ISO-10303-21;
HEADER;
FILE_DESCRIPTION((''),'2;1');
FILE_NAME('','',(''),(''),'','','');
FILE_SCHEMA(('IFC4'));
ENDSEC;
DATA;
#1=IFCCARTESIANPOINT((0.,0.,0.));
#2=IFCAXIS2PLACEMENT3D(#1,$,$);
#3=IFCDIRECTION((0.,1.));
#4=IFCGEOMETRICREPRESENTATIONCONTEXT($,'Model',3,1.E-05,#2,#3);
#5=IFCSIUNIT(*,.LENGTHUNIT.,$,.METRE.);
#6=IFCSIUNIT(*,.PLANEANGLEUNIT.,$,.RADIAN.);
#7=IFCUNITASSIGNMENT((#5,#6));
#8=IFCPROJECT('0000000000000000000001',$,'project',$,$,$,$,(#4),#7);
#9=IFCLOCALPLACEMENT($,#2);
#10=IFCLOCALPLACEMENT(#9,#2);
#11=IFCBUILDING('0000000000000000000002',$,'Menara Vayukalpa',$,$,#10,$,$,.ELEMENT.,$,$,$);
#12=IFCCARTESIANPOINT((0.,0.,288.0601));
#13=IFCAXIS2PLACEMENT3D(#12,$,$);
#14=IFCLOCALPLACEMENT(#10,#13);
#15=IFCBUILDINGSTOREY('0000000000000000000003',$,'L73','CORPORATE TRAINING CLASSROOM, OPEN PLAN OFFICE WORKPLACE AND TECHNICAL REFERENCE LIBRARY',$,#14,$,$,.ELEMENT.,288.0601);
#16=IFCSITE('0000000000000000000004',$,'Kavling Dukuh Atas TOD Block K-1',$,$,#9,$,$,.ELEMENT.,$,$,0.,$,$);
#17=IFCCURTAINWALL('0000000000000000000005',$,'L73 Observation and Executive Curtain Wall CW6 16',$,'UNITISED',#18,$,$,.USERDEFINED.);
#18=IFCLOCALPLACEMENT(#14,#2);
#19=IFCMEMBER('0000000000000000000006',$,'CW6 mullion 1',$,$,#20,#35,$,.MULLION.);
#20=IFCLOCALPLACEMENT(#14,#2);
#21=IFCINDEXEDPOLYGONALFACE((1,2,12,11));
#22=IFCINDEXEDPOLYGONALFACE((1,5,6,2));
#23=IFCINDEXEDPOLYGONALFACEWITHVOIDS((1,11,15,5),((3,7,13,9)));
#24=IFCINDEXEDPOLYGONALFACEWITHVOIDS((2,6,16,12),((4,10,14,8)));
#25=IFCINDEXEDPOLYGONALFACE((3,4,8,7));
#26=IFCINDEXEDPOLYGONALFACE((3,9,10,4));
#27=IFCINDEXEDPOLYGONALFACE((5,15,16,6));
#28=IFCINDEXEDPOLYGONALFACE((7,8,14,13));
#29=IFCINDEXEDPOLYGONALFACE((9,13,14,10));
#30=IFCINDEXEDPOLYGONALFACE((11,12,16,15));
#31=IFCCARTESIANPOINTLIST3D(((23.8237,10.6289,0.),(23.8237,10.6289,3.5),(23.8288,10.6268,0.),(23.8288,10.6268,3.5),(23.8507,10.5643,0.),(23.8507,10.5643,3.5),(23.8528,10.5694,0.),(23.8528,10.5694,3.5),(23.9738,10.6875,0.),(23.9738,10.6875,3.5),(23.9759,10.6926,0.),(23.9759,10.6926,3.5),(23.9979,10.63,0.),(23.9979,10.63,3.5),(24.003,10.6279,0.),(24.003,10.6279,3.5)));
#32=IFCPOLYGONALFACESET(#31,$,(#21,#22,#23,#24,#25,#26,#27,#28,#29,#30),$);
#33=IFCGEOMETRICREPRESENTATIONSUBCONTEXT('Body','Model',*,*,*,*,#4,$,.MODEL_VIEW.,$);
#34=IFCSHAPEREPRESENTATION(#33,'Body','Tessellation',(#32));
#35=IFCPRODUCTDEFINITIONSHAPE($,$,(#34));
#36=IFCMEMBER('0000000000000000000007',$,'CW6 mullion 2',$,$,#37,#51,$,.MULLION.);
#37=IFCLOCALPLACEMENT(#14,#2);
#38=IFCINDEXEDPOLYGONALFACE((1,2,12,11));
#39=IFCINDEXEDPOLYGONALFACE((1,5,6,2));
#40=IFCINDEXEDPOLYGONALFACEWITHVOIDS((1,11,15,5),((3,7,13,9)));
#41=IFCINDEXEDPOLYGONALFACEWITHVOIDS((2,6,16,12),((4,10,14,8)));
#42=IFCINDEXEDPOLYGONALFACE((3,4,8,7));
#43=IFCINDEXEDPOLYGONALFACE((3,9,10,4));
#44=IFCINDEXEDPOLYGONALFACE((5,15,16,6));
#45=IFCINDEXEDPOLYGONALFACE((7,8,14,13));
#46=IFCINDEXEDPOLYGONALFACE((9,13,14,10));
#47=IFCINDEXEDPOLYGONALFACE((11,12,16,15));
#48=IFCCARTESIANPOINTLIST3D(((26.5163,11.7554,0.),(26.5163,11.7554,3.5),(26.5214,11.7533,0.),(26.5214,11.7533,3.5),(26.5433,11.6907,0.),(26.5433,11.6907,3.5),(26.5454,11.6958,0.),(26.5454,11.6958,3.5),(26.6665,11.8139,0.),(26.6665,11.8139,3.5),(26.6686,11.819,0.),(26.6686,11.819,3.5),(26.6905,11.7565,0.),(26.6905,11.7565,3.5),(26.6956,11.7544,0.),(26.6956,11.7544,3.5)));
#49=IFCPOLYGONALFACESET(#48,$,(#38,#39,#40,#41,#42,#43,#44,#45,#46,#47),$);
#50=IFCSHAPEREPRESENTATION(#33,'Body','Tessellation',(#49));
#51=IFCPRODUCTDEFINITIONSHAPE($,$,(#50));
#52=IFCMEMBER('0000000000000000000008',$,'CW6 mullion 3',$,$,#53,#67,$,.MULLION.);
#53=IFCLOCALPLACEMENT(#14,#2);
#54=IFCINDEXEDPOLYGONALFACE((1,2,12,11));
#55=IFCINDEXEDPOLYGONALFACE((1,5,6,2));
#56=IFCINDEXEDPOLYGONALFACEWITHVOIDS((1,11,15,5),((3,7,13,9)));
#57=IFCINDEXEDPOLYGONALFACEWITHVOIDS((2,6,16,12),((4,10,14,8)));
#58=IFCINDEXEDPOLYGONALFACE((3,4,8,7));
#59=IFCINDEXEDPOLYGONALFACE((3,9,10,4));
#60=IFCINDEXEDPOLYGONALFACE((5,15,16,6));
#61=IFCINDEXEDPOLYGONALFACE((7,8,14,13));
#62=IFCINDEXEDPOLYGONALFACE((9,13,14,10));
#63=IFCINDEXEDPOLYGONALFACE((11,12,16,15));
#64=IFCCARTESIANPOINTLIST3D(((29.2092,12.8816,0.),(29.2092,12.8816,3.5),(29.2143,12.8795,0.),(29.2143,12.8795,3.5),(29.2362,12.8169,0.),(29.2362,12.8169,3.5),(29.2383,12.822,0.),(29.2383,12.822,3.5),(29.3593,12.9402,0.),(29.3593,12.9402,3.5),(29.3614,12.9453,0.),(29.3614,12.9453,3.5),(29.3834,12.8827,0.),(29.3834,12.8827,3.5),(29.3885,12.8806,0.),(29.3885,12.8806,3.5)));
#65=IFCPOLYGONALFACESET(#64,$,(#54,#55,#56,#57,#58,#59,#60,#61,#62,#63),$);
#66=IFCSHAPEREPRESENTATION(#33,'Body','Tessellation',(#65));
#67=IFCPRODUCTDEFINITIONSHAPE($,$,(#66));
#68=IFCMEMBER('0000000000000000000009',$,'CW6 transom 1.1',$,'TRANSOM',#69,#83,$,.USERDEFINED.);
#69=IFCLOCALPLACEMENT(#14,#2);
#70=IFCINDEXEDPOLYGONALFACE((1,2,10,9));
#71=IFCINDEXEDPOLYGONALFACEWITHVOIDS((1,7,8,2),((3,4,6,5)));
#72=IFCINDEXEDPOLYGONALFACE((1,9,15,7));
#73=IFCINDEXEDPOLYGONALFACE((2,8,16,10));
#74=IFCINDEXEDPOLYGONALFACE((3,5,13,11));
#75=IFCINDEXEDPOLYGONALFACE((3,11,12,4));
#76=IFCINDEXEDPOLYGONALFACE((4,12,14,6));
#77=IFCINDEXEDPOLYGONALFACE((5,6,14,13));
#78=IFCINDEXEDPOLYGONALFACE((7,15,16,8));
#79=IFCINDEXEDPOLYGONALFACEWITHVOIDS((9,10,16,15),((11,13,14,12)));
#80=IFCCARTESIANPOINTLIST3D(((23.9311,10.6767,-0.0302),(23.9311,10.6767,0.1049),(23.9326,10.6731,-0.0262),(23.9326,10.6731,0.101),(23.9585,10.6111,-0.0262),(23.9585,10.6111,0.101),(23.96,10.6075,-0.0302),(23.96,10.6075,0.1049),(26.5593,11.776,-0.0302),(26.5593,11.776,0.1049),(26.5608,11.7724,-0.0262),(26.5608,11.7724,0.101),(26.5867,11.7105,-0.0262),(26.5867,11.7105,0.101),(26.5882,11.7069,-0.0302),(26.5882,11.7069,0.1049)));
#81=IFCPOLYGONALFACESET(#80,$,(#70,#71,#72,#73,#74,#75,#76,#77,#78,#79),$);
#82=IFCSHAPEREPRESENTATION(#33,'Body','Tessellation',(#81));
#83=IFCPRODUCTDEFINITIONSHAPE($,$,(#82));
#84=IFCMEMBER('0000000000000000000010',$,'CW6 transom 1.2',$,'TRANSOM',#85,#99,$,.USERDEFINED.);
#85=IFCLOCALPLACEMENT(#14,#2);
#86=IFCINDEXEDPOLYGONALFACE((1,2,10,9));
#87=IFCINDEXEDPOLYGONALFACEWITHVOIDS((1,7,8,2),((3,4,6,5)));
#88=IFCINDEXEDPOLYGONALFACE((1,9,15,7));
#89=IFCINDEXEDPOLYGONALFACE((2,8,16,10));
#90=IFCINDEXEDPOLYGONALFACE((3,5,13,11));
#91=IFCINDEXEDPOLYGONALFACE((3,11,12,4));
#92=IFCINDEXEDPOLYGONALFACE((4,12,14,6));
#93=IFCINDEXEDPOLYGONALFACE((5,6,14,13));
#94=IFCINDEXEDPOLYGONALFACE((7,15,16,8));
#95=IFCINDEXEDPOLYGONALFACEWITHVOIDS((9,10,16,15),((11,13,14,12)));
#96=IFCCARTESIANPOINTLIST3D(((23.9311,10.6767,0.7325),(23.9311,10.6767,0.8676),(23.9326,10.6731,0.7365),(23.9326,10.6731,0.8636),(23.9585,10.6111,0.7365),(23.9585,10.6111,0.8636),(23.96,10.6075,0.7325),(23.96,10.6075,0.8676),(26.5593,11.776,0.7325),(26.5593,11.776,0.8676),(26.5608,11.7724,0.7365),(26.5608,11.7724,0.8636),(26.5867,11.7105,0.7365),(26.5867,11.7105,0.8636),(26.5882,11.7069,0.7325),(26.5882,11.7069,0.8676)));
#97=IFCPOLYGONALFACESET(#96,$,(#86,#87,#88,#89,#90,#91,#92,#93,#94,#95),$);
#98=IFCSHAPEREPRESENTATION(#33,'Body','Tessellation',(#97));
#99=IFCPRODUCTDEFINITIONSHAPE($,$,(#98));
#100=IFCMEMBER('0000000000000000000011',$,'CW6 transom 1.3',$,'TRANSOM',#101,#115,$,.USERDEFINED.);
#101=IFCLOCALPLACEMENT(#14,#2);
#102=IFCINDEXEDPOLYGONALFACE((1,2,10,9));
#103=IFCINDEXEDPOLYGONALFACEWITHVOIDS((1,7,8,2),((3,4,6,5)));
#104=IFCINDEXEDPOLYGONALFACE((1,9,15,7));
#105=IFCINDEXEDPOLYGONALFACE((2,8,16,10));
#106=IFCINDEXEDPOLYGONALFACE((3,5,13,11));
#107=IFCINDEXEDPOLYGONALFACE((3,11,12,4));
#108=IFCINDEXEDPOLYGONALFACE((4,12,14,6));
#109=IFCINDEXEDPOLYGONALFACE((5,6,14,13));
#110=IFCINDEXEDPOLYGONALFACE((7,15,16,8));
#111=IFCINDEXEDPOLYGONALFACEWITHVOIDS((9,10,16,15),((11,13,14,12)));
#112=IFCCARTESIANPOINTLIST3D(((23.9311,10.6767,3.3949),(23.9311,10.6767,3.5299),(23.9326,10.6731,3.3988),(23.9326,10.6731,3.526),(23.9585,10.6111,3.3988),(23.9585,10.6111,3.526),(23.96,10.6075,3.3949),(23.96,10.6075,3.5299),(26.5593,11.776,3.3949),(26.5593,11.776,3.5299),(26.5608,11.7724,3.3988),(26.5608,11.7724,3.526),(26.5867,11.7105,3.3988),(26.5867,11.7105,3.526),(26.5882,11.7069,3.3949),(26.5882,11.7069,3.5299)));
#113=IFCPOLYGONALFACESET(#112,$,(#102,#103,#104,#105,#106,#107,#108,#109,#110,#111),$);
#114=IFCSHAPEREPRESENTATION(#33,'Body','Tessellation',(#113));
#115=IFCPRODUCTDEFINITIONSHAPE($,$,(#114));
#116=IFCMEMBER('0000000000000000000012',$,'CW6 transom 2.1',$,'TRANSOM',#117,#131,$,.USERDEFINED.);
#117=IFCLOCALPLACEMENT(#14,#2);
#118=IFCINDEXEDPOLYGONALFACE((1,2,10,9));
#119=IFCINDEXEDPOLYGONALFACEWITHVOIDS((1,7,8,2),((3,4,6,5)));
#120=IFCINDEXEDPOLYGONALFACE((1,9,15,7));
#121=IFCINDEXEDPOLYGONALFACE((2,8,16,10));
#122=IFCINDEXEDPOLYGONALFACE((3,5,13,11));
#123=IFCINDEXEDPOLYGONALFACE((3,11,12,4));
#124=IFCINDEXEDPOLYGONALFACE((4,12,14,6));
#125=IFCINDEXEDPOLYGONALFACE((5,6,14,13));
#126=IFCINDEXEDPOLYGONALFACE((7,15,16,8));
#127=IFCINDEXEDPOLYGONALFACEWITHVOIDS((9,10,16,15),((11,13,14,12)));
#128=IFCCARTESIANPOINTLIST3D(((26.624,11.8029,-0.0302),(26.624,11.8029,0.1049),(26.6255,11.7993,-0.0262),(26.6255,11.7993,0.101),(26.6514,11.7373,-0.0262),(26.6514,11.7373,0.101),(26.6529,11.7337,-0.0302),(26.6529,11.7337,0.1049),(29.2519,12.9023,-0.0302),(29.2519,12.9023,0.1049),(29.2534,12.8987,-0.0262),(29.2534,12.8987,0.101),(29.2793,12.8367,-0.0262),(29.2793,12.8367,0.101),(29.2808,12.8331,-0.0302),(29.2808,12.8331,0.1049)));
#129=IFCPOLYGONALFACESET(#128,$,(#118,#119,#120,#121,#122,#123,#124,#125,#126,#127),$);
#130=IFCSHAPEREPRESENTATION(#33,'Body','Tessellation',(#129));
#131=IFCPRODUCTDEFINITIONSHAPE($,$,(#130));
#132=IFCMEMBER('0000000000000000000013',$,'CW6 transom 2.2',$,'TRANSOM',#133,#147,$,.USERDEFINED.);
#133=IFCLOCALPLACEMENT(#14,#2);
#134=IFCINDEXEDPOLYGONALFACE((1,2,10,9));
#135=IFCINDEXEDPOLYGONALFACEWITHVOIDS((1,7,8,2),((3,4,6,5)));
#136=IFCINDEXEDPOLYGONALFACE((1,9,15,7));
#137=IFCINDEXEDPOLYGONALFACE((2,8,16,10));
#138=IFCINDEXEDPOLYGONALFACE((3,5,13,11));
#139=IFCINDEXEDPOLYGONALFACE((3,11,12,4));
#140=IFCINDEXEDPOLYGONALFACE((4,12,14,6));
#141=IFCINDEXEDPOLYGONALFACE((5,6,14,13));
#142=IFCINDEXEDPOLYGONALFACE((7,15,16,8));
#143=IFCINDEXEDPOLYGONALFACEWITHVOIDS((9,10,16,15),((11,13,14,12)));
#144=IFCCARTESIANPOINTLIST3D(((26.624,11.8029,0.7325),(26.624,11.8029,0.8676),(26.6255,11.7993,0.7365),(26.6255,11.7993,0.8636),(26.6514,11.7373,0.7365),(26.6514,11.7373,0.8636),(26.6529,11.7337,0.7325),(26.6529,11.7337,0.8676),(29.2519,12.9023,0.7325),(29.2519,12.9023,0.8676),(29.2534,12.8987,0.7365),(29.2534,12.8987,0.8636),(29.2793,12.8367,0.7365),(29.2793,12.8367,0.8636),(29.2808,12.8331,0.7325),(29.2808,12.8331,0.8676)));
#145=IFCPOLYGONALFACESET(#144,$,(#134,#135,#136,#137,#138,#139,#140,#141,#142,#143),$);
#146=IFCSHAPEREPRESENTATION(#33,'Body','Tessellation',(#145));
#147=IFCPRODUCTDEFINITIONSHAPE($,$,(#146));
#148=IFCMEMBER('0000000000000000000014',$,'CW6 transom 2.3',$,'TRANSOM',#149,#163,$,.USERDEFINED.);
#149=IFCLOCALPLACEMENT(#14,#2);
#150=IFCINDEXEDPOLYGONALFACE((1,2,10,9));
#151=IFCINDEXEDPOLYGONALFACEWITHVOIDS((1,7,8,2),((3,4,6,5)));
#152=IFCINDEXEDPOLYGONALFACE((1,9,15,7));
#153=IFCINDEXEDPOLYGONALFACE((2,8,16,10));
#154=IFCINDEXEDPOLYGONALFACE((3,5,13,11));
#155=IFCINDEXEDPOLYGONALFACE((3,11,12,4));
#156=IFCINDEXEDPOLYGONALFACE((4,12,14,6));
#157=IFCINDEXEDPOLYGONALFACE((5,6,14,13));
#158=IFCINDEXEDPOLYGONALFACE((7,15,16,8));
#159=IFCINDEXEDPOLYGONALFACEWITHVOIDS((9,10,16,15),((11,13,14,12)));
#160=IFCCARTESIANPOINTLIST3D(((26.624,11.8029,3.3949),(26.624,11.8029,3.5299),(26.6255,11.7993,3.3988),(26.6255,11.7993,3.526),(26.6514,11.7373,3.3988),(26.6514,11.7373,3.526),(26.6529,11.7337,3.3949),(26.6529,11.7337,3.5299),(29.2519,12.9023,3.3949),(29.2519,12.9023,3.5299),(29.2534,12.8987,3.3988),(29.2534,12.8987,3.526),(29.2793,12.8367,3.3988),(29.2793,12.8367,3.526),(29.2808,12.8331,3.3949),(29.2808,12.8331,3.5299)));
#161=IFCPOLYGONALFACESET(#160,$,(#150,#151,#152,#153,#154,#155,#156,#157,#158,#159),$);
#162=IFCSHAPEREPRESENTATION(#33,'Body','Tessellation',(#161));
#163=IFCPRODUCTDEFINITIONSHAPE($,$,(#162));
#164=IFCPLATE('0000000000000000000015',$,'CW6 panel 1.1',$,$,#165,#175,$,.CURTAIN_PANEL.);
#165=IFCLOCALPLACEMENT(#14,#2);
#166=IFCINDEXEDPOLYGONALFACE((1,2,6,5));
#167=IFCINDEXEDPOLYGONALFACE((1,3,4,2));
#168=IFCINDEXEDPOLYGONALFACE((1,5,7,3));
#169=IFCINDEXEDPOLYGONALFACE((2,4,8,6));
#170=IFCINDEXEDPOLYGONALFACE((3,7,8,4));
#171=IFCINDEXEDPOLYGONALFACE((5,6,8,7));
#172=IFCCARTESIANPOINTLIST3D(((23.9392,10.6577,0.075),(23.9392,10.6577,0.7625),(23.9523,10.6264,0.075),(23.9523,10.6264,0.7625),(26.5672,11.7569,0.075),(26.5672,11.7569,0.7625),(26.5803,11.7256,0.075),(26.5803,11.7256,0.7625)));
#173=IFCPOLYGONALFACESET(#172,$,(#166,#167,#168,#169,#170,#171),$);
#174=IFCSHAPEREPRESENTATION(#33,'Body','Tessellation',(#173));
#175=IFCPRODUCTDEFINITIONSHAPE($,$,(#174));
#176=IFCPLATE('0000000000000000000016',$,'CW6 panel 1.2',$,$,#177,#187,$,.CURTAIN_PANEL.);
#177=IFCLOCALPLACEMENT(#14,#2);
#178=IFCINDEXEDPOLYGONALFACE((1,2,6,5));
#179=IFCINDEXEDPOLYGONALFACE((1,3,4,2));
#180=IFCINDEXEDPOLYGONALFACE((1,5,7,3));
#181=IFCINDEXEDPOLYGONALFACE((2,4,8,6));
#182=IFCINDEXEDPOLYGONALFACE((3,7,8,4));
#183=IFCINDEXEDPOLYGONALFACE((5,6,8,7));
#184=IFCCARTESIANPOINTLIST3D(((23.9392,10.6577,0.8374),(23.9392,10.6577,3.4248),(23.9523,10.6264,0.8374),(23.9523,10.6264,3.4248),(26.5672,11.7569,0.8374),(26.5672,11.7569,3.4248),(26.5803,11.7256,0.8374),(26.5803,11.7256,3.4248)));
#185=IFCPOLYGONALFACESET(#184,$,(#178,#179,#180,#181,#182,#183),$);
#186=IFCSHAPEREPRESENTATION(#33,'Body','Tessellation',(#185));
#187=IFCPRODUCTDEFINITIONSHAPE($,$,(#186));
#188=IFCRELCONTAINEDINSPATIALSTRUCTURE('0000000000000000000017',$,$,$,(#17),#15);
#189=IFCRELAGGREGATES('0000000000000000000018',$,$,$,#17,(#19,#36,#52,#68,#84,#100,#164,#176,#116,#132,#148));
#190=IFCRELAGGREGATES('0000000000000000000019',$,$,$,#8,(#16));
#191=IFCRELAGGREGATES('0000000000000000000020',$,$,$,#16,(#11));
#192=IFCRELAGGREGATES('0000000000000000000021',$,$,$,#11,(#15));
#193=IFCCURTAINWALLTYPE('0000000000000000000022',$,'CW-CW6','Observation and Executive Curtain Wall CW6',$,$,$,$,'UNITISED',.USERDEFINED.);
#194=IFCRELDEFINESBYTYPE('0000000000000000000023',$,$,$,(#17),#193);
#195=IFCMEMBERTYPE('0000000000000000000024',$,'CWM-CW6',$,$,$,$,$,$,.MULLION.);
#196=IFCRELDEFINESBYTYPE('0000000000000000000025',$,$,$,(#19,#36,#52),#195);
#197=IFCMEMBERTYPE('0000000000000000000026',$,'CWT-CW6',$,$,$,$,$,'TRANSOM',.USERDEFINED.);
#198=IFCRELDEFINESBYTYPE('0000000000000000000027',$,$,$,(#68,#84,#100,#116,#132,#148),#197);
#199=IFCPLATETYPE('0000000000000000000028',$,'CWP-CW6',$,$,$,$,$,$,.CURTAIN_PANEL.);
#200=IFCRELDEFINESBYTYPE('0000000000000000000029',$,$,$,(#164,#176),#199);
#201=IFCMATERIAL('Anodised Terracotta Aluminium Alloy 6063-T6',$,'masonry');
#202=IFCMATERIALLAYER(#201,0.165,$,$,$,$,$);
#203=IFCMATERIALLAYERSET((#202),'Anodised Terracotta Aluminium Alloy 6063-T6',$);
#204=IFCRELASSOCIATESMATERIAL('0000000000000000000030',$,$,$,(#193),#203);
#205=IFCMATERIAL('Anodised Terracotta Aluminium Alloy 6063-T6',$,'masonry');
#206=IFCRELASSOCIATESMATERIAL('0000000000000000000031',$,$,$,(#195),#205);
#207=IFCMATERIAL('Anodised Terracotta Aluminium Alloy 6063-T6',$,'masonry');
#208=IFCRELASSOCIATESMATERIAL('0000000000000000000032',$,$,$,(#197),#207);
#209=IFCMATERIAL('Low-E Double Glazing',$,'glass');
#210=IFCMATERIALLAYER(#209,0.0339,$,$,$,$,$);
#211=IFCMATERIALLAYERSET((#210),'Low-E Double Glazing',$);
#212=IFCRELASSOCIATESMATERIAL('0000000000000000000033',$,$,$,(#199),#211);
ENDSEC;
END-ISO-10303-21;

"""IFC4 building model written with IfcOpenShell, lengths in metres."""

from ifc_helpers import new_model, si_unit, direction, frame, origin, origin_2d, place, context, subcontext, project, spatial, rectangle, hollow_rectangle, extrude, material, layer, layer_set, material_profile, profile_set, type_object, element, aggregate, save


model = new_model("IFC4")

# Units and contexts
model_context = context("Model", 3, precision=1e-05, world=origin(), true_north=direction((0.0, 1.0)))
body_context = subcontext(model_context, "Body", "Model", "MODEL_VIEW")
ifc_project = project(units=[si_unit("LENGTHUNIT", "METRE"), si_unit("PLANEANGLEUNIT", "RADIAN")], contexts=[model_context])

# Site, building, storey
site_placement = place(None, origin())
site = spatial("IfcSite", under=ifc_project, at=site_placement, Name="Kavling Dukuh Atas TOD Block K-1", CompositionType="ELEMENT", RefElevation=0.0)
building_placement = place(site_placement, origin())
building = spatial("IfcBuilding", under=site, at=building_placement, Name="Menara Vayukalpa", CompositionType="ELEMENT")
storey_placement = place(building_placement, frame((0.0, 0.0, 288.0601)))
storey = spatial("IfcBuildingStorey", under=building, at=storey_placement, Name="L73", Description="CORPORATE TRAINING CLASSROOM, OPEN PLAN OFFICE WORKPLACE AND TECHNICAL REFERENCE LIBRARY", CompositionType="ELEMENT", Elevation=288.0601)

# Curtain wall, members, plates
ifc_material_1 = material(Name="Anodised Terracotta Aluminium Alloy 6063-T6", Category="masonry")
ifc_layer_1 = layer(ifc_material_1, 0.165)
ifc_layer_set_1 = layer_set([ifc_layer_1], Name="Anodised Terracotta Aluminium Alloy 6063-T6")
curtain_wall_type = type_object("IfcCurtainWallType", Name="CW-CW6", Description="Observation and Executive Curtain Wall CW6", ElementType="UNITISED", PredefinedType="USERDEFINED", material=ifc_layer_set_1)
curtain_wall_placement = place(storey_placement, origin())
curtain_wall = element("IfcCurtainWall", 1, at=curtain_wall_placement, inside=storey, type_object=curtain_wall_type, Name="L73 Observation and Executive Curtain Wall CW6 16", ObjectType="UNITISED", PredefinedType="USERDEFINED")
ifc_material_2 = material(Name="Anodised Terracotta Aluminium Alloy 6063-T6", Category="masonry")
ifc_material_profile_1 = material_profile(ifc_material_2, hollow_rectangle(XDim=0.0701, YDim=0.165, WallThickness=0.0039, at=origin_2d()), Name="ALU 70x165x4")
ifc_profile_set_1 = profile_set([ifc_material_profile_1], Name="Anodised Terracotta Aluminium Alloy 6063-T6")
member_type_1 = type_object("IfcMemberType", Name="CWM-CW6", PredefinedType="MULLION", material=ifc_profile_set_1)
member_1_placement = place(storey_placement, frame((23.9133, 10.6284, 0.0), z_axis=(0.0, 0.0, 1.0), x_axis=(-0.3859, 0.922541, 0.0)))
member_1 = element("IfcMember", 2, at=member_1_placement, type_object=member_type_1, Name="CW6 mullion 1", PredefinedType="MULLION", context=body_context, shape_type="SweptSolid", body=[
    extrude(hollow_rectangle(XDim=0.0701, YDim=0.165, WallThickness=0.0039, at=origin_2d()), origin(), (0.0, 0.0, 1.0), 3.5),
])
member_2_placement = place(storey_placement, frame((26.606, 11.7549, 0.0), z_axis=(0.0, 0.0, 1.0), x_axis=(-0.3859, 0.922541, 0.0)))
member_2 = element("IfcMember", 3, at=member_2_placement, type_object=member_type_1, Name="CW6 mullion 2", PredefinedType="MULLION", context=body_context, shape_type="SweptSolid", body=[
    extrude(hollow_rectangle(XDim=0.0701, YDim=0.165, WallThickness=0.0039, at=origin_2d()), origin(), (0.0, 0.0, 1.0), 3.5),
])
member_3_placement = place(storey_placement, frame((29.2988, 12.8811, 0.0), z_axis=(0.0, 0.0, 1.0), x_axis=(-0.3859, 0.922541, 0.0)))
member_3 = element("IfcMember", 4, at=member_3_placement, type_object=member_type_1, Name="CW6 mullion 3", PredefinedType="MULLION", context=body_context, shape_type="SweptSolid", body=[
    extrude(hollow_rectangle(XDim=0.0701, YDim=0.165, WallThickness=0.0039, at=origin_2d()), origin(), (0.0, 0.0, 1.0), 3.5),
])
ifc_material_3 = material(Name="Anodised Terracotta Aluminium Alloy 6063-T6", Category="masonry")
ifc_material_profile_2 = material_profile(ifc_material_3, hollow_rectangle(XDim=0.075, YDim=0.135, WallThickness=0.0039, at=origin_2d()), Name="ALU 75x135x4")
ifc_profile_set_2 = profile_set([ifc_material_profile_2], Name="Anodised Terracotta Aluminium Alloy 6063-T6")
member_type_2 = type_object("IfcMemberType", Name="CWT-CW6", ElementType="TRANSOM", PredefinedType="USERDEFINED", material=ifc_profile_set_2)
member_4_placement = place(storey_placement, frame((23.9456, 10.6421, 0.0374), z_axis=(0.922541, 0.385899, 0.0), x_axis=(-0.385899, 0.922541, 0.0)))
member_4 = element("IfcMember", 5, at=member_4_placement, type_object=member_type_2, Name="CW6 transom 1.1", ObjectType="TRANSOM", PredefinedType="USERDEFINED", context=body_context, shape_type="SweptSolid", body=[
    extrude(hollow_rectangle(XDim=0.075, YDim=0.135, WallThickness=0.0039, at=origin_2d()), origin(), (0.0, 0.0, 1.0), 2.8489),
])
member_5_placement = place(storey_placement, frame((23.9456, 10.6421, 0.8), z_axis=(0.922541, 0.385899, 0.0), x_axis=(-0.385899, 0.922541, 0.0)))
member_5 = element("IfcMember", 6, at=member_5_placement, type_object=member_type_2, Name="CW6 transom 1.2", ObjectType="TRANSOM", PredefinedType="USERDEFINED", context=body_context, shape_type="SweptSolid", body=[
    extrude(hollow_rectangle(XDim=0.075, YDim=0.135, WallThickness=0.0039, at=origin_2d()), origin(), (0.0, 0.0, 1.0), 2.8489),
])
member_6_placement = place(storey_placement, frame((23.9456, 10.6421, 3.4624), z_axis=(0.922541, 0.385899, 0.0), x_axis=(-0.385899, 0.922541, 0.0)))
member_6 = element("IfcMember", 7, at=member_6_placement, type_object=member_type_2, Name="CW6 transom 1.3", ObjectType="TRANSOM", PredefinedType="USERDEFINED", context=body_context, shape_type="SweptSolid", body=[
    extrude(hollow_rectangle(XDim=0.075, YDim=0.135, WallThickness=0.0039, at=origin_2d()), origin(), (0.0, 0.0, 1.0), 2.8489),
])
member_7_placement = place(storey_placement, frame((26.6384, 11.7683, 0.0374), z_axis=(0.922528, 0.385929, 0.0), x_axis=(-0.385929, 0.922528, 0.0)))
member_7 = element("IfcMember", 8, at=member_7_placement, type_object=member_type_2, Name="CW6 transom 2.1", ObjectType="TRANSOM", PredefinedType="USERDEFINED", context=body_context, shape_type="SweptSolid", body=[
    extrude(hollow_rectangle(XDim=0.075, YDim=0.135, WallThickness=0.0039, at=origin_2d()), origin(), (0.0, 0.0, 1.0), 2.8486),
])
member_8_placement = place(storey_placement, frame((26.6384, 11.7683, 0.8), z_axis=(0.922528, 0.385929, 0.0), x_axis=(-0.385929, 0.922528, 0.0)))
member_8 = element("IfcMember", 9, at=member_8_placement, type_object=member_type_2, Name="CW6 transom 2.2", ObjectType="TRANSOM", PredefinedType="USERDEFINED", context=body_context, shape_type="SweptSolid", body=[
    extrude(hollow_rectangle(XDim=0.075, YDim=0.135, WallThickness=0.0039, at=origin_2d()), origin(), (0.0, 0.0, 1.0), 2.8486),
])
member_9_placement = place(storey_placement, frame((26.6384, 11.7683, 3.4624), z_axis=(0.922528, 0.385929, 0.0), x_axis=(-0.385929, 0.922528, 0.0)))
member_9 = element("IfcMember", 10, at=member_9_placement, type_object=member_type_2, Name="CW6 transom 2.3", ObjectType="TRANSOM", PredefinedType="USERDEFINED", context=body_context, shape_type="SweptSolid", body=[
    extrude(hollow_rectangle(XDim=0.075, YDim=0.135, WallThickness=0.0039, at=origin_2d()), origin(), (0.0, 0.0, 1.0), 2.8486),
])
ifc_material_4 = material(Name="Low-E Double Glazing", Category="glass")
ifc_layer_2 = layer(ifc_material_4, 0.0339)
ifc_layer_set_2 = layer_set([ifc_layer_2], Name="Low-E Double Glazing")
plate_type = type_object("IfcPlateType", Name="CWP-CW6", PredefinedType="CURTAIN_PANEL", material=ifc_layer_set_2)
plate_1_placement = place(storey_placement, frame((25.2598, 11.1917, 0.075), z_axis=(0.0, 0.0, 1.0), x_axis=(0.922541, 0.3859, 0.0)))
plate_1 = element("IfcPlate", 11, at=plate_1_placement, type_object=plate_type, Name="CW6 panel 1.1", PredefinedType="CURTAIN_PANEL", context=body_context, shape_type="SweptSolid", body=[
    extrude(rectangle(XDim=2.8486, YDim=0.0339, at=origin_2d()), origin(), (0.0, 0.0, 1.0), 0.6875),
])
plate_2_placement = place(storey_placement, frame((25.2598, 11.1917, 0.8374), z_axis=(0.0, 0.0, 1.0), x_axis=(0.922541, 0.3859, 0.0)))
plate_2 = element("IfcPlate", 12, at=plate_2_placement, type_object=plate_type, Name="CW6 panel 1.2", PredefinedType="CURTAIN_PANEL", context=body_context, shape_type="SweptSolid", body=[
    extrude(rectangle(XDim=2.8486, YDim=0.0339, at=origin_2d()), origin(), (0.0, 0.0, 1.0), 2.5874),
])
aggregate(curtain_wall, [member_1, member_2, member_3, member_4, member_5, member_6, plate_1, plate_2, member_7, member_8, member_9])

save(model, "model.ifc")
